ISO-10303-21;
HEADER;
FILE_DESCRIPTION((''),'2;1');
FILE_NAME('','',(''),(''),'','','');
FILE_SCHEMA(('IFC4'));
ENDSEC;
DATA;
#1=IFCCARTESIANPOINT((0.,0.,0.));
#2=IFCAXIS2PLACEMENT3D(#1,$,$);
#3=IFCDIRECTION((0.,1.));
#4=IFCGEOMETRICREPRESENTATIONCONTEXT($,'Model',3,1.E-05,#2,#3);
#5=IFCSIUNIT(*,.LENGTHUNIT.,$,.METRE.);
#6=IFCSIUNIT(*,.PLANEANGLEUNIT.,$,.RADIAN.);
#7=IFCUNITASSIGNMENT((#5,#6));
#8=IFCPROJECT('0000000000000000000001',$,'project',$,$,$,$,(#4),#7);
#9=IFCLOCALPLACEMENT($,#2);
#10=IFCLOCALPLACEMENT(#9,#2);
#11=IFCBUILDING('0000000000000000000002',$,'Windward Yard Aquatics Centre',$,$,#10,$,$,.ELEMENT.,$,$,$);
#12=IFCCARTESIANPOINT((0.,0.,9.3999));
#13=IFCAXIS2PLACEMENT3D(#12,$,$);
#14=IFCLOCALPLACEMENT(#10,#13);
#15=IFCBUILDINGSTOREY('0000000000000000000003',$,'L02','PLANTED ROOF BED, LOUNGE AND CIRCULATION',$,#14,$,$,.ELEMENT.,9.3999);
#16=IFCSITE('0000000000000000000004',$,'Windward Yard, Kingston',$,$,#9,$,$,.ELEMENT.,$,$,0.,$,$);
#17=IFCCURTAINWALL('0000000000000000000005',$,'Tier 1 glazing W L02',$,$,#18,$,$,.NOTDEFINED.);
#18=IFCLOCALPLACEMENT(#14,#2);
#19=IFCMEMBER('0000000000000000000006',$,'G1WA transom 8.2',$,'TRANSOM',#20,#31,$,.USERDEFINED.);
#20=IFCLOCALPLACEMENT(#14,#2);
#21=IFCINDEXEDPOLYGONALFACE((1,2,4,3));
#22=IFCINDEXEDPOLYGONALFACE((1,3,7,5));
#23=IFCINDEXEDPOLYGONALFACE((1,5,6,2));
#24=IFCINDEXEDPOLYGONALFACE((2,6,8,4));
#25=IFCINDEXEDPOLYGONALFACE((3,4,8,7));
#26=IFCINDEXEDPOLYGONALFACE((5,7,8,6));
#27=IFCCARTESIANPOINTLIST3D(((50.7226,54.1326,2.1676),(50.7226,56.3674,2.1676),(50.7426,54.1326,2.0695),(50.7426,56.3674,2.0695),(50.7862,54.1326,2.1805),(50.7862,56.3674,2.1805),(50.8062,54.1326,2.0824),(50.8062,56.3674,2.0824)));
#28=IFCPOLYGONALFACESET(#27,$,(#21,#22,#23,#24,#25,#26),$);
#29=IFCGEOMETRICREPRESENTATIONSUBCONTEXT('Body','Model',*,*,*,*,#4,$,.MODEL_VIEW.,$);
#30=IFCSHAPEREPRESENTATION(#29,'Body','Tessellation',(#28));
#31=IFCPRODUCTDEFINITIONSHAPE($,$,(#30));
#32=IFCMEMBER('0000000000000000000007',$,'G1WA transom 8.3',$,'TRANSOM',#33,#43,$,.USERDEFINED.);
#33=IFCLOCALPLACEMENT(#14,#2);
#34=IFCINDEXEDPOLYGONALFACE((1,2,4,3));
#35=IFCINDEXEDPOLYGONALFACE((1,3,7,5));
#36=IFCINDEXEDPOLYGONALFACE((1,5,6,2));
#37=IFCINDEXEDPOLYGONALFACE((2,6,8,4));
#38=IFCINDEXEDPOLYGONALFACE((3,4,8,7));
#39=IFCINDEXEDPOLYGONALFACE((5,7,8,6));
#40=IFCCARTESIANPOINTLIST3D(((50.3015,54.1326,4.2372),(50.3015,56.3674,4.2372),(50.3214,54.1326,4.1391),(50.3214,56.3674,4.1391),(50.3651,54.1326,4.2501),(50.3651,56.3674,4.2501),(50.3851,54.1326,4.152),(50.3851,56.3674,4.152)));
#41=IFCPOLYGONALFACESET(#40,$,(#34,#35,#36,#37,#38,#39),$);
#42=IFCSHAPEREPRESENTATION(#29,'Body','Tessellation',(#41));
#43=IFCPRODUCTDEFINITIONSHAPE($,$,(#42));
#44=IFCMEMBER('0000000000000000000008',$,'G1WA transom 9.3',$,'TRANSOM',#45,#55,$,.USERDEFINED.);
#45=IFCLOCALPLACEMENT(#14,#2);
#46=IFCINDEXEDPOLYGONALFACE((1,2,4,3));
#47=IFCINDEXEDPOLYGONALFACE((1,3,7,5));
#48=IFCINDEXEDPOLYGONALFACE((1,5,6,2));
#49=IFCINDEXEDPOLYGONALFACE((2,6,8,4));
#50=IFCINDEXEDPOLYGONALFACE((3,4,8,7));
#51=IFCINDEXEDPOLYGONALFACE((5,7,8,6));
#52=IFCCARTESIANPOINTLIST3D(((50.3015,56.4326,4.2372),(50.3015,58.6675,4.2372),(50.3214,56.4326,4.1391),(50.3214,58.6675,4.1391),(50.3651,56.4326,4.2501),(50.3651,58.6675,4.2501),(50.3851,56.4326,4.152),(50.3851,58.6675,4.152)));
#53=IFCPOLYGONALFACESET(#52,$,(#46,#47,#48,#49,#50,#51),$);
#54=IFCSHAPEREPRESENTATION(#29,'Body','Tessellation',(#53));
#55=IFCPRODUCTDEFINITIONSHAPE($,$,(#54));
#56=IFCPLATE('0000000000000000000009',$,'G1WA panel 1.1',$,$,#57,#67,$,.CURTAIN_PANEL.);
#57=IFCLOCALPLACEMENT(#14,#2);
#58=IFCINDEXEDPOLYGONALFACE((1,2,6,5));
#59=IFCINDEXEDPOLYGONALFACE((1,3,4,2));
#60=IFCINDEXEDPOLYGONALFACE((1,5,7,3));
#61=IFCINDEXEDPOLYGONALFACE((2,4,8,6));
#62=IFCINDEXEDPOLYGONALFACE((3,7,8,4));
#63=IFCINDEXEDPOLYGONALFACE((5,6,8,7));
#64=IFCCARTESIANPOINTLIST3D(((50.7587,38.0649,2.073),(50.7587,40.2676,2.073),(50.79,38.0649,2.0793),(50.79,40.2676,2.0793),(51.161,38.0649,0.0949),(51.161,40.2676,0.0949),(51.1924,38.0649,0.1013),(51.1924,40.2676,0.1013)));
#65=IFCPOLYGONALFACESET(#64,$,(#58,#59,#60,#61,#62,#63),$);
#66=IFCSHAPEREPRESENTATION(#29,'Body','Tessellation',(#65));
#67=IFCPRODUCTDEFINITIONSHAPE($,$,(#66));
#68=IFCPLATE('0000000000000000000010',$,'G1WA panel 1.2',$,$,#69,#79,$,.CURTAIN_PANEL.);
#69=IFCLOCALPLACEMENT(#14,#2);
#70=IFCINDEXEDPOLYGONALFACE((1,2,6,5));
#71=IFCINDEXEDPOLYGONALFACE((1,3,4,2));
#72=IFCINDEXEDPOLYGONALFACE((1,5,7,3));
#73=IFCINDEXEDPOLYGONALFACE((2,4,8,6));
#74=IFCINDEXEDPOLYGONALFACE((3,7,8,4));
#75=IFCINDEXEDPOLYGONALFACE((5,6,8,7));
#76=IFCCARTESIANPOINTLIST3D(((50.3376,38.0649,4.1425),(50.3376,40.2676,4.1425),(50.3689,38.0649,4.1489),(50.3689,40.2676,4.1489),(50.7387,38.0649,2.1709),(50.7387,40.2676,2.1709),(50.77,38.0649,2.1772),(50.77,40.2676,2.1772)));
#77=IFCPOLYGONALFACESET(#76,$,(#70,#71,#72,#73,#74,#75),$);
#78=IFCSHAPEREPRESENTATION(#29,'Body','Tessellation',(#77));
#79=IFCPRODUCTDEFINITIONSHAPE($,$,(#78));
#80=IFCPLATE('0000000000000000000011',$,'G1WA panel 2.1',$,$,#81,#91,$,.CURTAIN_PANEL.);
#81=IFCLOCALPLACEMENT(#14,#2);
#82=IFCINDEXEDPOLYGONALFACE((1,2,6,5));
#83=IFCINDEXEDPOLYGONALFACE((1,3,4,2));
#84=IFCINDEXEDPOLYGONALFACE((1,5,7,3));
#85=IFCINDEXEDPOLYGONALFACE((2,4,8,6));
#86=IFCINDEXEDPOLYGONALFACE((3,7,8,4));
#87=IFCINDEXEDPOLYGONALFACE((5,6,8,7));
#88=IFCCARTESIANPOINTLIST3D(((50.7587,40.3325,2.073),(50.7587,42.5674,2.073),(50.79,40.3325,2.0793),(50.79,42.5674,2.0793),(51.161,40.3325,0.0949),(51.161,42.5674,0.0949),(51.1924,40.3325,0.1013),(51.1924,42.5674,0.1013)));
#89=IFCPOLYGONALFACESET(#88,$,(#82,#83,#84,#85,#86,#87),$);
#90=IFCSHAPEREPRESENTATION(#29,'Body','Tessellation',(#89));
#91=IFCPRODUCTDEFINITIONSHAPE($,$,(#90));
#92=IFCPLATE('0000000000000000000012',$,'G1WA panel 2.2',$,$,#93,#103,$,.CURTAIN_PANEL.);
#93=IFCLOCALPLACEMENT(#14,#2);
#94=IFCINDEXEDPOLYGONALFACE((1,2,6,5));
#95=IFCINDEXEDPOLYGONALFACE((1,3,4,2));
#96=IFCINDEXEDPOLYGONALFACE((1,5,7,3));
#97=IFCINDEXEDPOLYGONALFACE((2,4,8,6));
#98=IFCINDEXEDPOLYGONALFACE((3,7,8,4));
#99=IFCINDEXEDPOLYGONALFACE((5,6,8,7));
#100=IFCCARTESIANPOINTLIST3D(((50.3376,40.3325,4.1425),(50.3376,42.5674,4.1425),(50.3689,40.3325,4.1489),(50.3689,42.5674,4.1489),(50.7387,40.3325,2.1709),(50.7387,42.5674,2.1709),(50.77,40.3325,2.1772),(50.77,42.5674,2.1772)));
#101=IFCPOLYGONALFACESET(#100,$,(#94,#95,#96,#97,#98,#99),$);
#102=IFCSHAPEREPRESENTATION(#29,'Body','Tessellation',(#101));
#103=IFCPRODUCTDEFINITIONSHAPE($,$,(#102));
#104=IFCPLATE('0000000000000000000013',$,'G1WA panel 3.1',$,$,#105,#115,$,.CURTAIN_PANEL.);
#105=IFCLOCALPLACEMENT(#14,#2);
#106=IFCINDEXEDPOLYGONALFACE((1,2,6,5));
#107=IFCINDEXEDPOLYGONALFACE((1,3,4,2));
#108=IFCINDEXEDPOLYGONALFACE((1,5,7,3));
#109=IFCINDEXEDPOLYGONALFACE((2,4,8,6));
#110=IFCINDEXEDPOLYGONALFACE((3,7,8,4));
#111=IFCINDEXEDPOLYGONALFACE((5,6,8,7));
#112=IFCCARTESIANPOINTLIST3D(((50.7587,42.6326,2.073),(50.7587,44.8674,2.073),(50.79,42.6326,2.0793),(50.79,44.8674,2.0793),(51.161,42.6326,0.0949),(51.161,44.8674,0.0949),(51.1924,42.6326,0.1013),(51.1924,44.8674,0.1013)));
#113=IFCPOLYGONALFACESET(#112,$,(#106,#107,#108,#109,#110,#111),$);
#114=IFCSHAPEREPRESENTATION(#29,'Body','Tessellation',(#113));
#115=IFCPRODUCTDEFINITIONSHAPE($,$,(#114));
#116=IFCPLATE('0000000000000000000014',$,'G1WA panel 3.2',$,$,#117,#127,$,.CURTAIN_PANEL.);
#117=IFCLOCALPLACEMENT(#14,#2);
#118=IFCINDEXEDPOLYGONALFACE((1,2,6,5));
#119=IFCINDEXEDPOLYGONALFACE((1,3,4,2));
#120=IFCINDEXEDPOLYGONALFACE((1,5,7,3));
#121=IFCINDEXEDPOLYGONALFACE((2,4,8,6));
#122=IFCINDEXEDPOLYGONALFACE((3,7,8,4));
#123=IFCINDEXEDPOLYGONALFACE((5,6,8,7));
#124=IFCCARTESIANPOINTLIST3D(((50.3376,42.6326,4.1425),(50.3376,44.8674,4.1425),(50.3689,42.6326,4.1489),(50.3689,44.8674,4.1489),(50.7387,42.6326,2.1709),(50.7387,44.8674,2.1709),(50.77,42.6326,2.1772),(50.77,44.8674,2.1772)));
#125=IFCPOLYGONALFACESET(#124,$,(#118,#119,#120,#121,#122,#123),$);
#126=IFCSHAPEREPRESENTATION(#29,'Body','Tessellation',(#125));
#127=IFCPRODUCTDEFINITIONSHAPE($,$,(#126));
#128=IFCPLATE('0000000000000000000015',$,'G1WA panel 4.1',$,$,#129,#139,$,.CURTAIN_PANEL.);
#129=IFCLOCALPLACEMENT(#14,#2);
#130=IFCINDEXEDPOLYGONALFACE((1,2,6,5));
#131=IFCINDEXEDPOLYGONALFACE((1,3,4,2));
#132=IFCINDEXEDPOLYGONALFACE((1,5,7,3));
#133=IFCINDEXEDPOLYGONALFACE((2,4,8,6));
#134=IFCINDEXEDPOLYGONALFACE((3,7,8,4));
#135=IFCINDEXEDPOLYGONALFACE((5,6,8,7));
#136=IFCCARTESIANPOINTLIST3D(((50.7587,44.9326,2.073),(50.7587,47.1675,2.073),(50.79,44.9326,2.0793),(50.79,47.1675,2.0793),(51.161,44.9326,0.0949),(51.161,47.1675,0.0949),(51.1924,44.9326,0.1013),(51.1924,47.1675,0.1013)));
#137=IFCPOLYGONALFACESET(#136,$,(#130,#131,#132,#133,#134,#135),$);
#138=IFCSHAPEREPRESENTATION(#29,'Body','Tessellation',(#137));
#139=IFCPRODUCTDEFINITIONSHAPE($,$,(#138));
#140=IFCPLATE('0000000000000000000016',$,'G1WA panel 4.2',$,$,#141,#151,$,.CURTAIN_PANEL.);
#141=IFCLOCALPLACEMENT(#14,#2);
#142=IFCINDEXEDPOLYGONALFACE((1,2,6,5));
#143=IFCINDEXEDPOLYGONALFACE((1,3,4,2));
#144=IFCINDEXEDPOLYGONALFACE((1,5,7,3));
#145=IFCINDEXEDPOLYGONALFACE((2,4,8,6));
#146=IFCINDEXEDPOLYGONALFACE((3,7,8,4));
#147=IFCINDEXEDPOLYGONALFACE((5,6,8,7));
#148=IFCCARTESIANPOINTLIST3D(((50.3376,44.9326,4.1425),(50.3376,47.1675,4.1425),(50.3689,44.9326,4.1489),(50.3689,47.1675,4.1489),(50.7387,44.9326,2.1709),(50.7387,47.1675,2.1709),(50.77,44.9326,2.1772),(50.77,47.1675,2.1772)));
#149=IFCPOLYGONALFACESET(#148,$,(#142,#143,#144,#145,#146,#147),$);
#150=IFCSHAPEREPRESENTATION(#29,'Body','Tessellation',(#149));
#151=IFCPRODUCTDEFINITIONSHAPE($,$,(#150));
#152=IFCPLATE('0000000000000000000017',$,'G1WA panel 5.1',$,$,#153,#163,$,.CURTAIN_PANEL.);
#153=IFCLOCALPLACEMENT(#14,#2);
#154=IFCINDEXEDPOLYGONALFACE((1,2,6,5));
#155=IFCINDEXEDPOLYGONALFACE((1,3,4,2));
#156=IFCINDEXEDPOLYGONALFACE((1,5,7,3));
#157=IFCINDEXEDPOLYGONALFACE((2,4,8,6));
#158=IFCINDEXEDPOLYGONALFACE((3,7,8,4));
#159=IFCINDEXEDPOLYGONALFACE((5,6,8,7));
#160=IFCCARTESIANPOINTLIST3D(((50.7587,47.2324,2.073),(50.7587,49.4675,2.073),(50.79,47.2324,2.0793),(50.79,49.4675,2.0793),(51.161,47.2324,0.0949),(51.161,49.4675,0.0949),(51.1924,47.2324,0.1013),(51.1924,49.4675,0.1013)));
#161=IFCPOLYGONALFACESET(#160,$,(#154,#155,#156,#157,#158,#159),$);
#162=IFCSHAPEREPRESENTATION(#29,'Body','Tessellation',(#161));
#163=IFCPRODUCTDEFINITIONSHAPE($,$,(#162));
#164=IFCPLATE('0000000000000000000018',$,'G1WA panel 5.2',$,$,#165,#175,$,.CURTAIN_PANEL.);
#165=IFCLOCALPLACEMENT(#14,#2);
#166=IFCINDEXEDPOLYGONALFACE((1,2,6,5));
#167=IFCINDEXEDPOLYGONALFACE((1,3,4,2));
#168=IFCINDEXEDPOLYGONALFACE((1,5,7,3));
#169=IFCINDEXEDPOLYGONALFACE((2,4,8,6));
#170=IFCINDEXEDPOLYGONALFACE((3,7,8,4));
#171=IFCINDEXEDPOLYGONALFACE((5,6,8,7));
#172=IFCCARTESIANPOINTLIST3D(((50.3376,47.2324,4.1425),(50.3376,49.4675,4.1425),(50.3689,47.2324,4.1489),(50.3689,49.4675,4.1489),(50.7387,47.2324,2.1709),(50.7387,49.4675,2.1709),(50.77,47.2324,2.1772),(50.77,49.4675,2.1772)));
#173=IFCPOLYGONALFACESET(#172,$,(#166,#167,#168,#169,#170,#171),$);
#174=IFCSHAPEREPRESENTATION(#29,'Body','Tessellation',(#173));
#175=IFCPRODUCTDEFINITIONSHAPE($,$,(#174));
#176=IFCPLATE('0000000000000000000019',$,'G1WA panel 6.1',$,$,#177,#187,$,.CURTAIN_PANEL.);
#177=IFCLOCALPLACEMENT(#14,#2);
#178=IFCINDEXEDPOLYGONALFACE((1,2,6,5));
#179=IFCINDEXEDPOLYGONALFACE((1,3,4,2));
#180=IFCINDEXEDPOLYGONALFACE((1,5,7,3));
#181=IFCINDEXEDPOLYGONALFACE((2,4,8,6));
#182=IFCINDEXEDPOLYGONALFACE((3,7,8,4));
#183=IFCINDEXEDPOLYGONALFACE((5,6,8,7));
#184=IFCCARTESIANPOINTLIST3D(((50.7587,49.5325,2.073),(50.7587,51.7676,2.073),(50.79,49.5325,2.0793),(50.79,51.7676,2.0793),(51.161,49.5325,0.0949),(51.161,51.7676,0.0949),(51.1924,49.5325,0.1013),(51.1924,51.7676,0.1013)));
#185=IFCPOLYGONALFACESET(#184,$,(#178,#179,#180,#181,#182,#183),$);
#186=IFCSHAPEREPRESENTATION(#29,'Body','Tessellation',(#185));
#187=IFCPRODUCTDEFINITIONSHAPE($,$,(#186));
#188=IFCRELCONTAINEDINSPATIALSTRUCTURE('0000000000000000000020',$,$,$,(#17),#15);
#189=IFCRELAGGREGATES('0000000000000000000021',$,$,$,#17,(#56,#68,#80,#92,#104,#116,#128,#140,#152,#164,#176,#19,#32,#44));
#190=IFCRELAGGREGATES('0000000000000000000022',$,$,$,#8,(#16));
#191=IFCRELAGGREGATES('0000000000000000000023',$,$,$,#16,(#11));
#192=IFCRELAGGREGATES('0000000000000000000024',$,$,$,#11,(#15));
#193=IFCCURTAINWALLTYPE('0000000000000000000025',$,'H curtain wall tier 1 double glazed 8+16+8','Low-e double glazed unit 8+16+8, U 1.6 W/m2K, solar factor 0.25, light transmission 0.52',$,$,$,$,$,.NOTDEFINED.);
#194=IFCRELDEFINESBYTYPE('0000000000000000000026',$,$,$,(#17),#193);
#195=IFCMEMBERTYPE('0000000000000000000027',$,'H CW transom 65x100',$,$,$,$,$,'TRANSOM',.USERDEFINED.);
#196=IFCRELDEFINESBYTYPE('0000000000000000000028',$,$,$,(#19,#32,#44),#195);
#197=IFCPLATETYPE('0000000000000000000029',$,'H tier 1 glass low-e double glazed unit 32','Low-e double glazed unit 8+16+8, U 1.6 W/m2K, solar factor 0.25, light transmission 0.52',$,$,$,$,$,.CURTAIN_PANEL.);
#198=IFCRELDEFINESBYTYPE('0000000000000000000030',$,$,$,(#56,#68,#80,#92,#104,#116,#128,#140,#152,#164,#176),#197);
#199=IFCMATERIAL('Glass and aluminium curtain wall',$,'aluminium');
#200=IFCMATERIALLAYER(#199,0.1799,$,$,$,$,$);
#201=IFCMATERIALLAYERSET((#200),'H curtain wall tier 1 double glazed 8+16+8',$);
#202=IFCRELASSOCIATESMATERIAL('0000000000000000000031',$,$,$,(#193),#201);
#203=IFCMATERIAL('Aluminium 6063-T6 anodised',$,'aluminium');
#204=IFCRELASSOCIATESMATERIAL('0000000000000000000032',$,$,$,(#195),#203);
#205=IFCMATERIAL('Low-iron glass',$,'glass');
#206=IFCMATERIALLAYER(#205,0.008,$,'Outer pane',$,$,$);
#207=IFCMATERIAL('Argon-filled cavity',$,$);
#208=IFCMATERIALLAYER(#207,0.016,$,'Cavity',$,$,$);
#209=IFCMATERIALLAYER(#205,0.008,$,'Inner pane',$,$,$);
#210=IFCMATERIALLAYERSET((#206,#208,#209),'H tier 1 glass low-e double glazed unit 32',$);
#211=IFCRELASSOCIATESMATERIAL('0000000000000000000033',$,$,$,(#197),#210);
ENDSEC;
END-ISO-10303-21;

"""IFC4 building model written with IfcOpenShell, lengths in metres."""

from ifc_helpers import new_model, si_unit, direction, frame, origin, origin_2d, place, context, subcontext, project, spatial, polyline, rectangle, outline, extrude, material, layer, layer_set, material_profile, profile_set, type_object, element, aggregate, save


model = new_model("IFC4")

# Units and contexts
model_context = context("Model", 3, precision=1e-05, world=origin(), true_north=direction((0.0, 1.0)))
body_context = subcontext(model_context, "Body", "Model", "MODEL_VIEW")
ifc_project = project(units=[si_unit("LENGTHUNIT", "METRE"), si_unit("PLANEANGLEUNIT", "RADIAN")], contexts=[model_context])

# Site, building, storey
site_placement = place(None, origin())
site = spatial("IfcSite", under=ifc_project, at=site_placement, Name="Windward Yard, Kingston", CompositionType="ELEMENT", RefElevation=0.0)
building_placement = place(site_placement, origin())
building = spatial("IfcBuilding", under=site, at=building_placement, Name="Windward Yard Aquatics Centre", CompositionType="ELEMENT")
storey_placement = place(building_placement, frame((0.0, 0.0, 9.3999)))
storey = spatial("IfcBuildingStorey", under=building, at=storey_placement, Name="L02", Description="PLANTED ROOF BED, LOUNGE AND CIRCULATION", CompositionType="ELEMENT", Elevation=9.3999)

# Curtain wall, members, plates
ifc_material_1 = material(Name="Glass and aluminium curtain wall", Category="aluminium")
ifc_layer_1 = layer(ifc_material_1, 0.1799)
ifc_layer_set_1 = layer_set([ifc_layer_1], Name="H curtain wall tier 1 double glazed 8+16+8")
curtain_wall_type = type_object("IfcCurtainWallType", Name="H curtain wall tier 1 double glazed 8+16+8", Description="Low-e double glazed unit 8+16+8, U 1.6 W/m2K, solar factor 0.25, light transmission 0.52", PredefinedType="NOTDEFINED", material=ifc_layer_set_1)
curtain_wall_placement = place(storey_placement, origin())
curtain_wall = element("IfcCurtainWall", 1, at=curtain_wall_placement, inside=storey, type_object=curtain_wall_type, Name="Tier 1 glazing W L02", PredefinedType="NOTDEFINED")
ifc_material_2 = material(Name="Aluminium 6063-T6 anodised", Category="aluminium")
ifc_material_profile = material_profile(ifc_material_2, rectangle(XDim=0.0649, YDim=0.1001, at=origin_2d()), Name="H CW transom 65x100")
ifc_profile_set = profile_set([ifc_material_profile], Name="Aluminium 6063-T6 anodised")
member_type = type_object("IfcMemberType", Name="H CW transom 65x100", ElementType="TRANSOM", PredefinedType="USERDEFINED", material=ifc_profile_set)
member_1_placement = place(storey_placement, frame((50.7644, 54.1326, 2.125), z_axis=(0.0, 1.0, 0.0), x_axis=(0.979925, 0.0, 0.199368)))
member_1 = element("IfcMember", 2, at=member_1_placement, type_object=member_type, Name="G1WA transom 8.2", ObjectType="TRANSOM", PredefinedType="USERDEFINED", context=body_context, shape_type="SweptSolid", body=[
    extrude(rectangle(XDim=0.0649, YDim=0.1001, at=origin_2d()), origin(), (0.0, 0.0, 1.0), 2.2349),
])
member_2_placement = place(storey_placement, frame((50.3433, 54.1326, 4.1946), z_axis=(0.0, 1.0, 0.0), x_axis=(0.979925, 0.0, 0.199368)))
member_2 = element("IfcMember", 3, at=member_2_placement, type_object=member_type, Name="G1WA transom 8.3", ObjectType="TRANSOM", PredefinedType="USERDEFINED", context=body_context, shape_type="SweptSolid", body=[
    extrude(rectangle(XDim=0.0649, YDim=0.1001, at=origin_2d()), origin(), (0.0, 0.0, 1.0), 2.2349),
])
member_3_placement = place(storey_placement, frame((50.3433, 56.4326, 4.1946), z_axis=(0.0, 1.0, 0.0), x_axis=(0.979925, 0.0, 0.199368)))
member_3 = element("IfcMember", 4, at=member_3_placement, type_object=member_type, Name="G1WA transom 9.3", ObjectType="TRANSOM", PredefinedType="USERDEFINED", context=body_context, shape_type="SweptSolid", body=[
    extrude(rectangle(XDim=0.0649, YDim=0.1001, at=origin_2d()), origin(), (0.0, 0.0, 1.0), 2.2349),
])
ifc_material_3 = material(Name="Low-iron glass", Category="glass")
ifc_layer_2 = layer(ifc_material_3, 0.008, Name="Outer pane")
ifc_material_4 = material(Name="Argon-filled cavity")
ifc_layer_3 = layer(ifc_material_4, 0.016, Name="Cavity")
ifc_layer_4 = layer(ifc_material_3, 0.008, Name="Inner pane")
ifc_layer_set_2 = layer_set([ifc_layer_2, ifc_layer_3, ifc_layer_4], Name="H tier 1 glass low-e double glazed unit 32")
plate_type = type_object("IfcPlateType", Name="H tier 1 glass low-e double glazed unit 32", Description="Low-e double glazed unit 8+16+8, U 1.6 W/m2K, solar factor 0.25, light transmission 0.52", PredefinedType="CURTAIN_PANEL", material=ifc_layer_set_2)
plate_1_placement = place(storey_placement, frame((50.79, 38.0649, 2.0793), z_axis=(0.979933, 0.0, 0.199325), x_axis=(0.199325, 0.0, -0.979933)))
plate_1 = element("IfcPlate", 5, at=plate_1_placement, type_object=plate_type, Name="G1WA panel 1.1", PredefinedType="CURTAIN_PANEL", context=body_context, shape_type="SweptSolid", body=[
    extrude(outline(polyline([(0.0, 0.0), (2.0185, 0.0), (2.0185, 2.2026), (0.0, 2.2026), (0.0, 0.0)])), origin(), (0.0, 0.0, -1.0), 0.032),
])
plate_2_placement = place(storey_placement, frame((50.3689, 38.0649, 4.1489), z_axis=(0.979927, 0.0, 0.199359), x_axis=(0.199359, 0.0, -0.979927)))
plate_2 = element("IfcPlate", 6, at=plate_2_placement, type_object=plate_type, Name="G1WA panel 1.2", PredefinedType="CURTAIN_PANEL", context=body_context, shape_type="SweptSolid", body=[
    extrude(outline(polyline([(0.0, 0.0), (2.0121, 0.0), (2.0121, 2.2026), (0.0, 2.2026), (0.0, 0.0)])), origin(), (0.0, 0.0, -1.0), 0.032),
])
plate_3_placement = place(storey_placement, frame((50.79, 40.3325, 2.0793), z_axis=(0.979933, 0.0, 0.199325), x_axis=(0.199325, 0.0, -0.979933)))
plate_3 = element("IfcPlate", 7, at=plate_3_placement, type_object=plate_type, Name="G1WA panel 2.1", PredefinedType="CURTAIN_PANEL", context=body_context, shape_type="SweptSolid", body=[
    extrude(outline(polyline([(0.0, 0.0), (2.0185, 0.0), (2.0185, 2.2349), (0.0, 2.2349), (0.0, 0.0)])), origin(), (0.0, 0.0, -1.0), 0.032),
])
plate_4_placement = place(storey_placement, frame((50.3689, 40.3325, 4.1489), z_axis=(0.979927, 0.0, 0.199359), x_axis=(0.199359, 0.0, -0.979927)))
plate_4 = element("IfcPlate", 8, at=plate_4_placement, type_object=plate_type, Name="G1WA panel 2.2", PredefinedType="CURTAIN_PANEL", context=body_context, shape_type="SweptSolid", body=[
    extrude(outline(polyline([(0.0, 0.0), (2.0121, 0.0), (2.0121, 2.2349), (0.0, 2.2349), (0.0, 0.0)])), origin(), (0.0, 0.0, -1.0), 0.032),
])
plate_5_placement = place(storey_placement, frame((50.79, 42.6326, 2.0793), z_axis=(0.979933, 0.0, 0.199325), x_axis=(0.199325, 0.0, -0.979933)))
plate_5 = element("IfcPlate", 9, at=plate_5_placement, type_object=plate_type, Name="G1WA panel 3.1", PredefinedType="CURTAIN_PANEL", context=body_context, shape_type="SweptSolid", body=[
    extrude(outline(polyline([(0.0, 0.0), (2.0185, 0.0), (2.0185, 2.2349), (0.0, 2.2349), (0.0, 0.0)])), origin(), (0.0, 0.0, -1.0), 0.032),
])
plate_6_placement = place(storey_placement, frame((50.3689, 42.6326, 4.1489), z_axis=(0.979927, 0.0, 0.199359), x_axis=(0.199359, 0.0, -0.979927)))
plate_6 = element("IfcPlate", 10, at=plate_6_placement, type_object=plate_type, Name="G1WA panel 3.2", PredefinedType="CURTAIN_PANEL", context=body_context, shape_type="SweptSolid", body=[
    extrude(outline(polyline([(0.0, 0.0), (2.0121, 0.0), (2.0121, 2.2349), (0.0, 2.2349), (0.0, 0.0)])), origin(), (0.0, 0.0, -1.0), 0.032),
])
plate_7_placement = place(storey_placement, frame((50.79, 44.9326, 2.0793), z_axis=(0.979933, 0.0, 0.199325), x_axis=(0.199325, 0.0, -0.979933)))
plate_7 = element("IfcPlate", 11, at=plate_7_placement, type_object=plate_type, Name="G1WA panel 4.1", PredefinedType="CURTAIN_PANEL", context=body_context, shape_type="SweptSolid", body=[
    extrude(outline(polyline([(0.0, 0.0), (2.0185, 0.0), (2.0185, 2.2349), (0.0, 2.2349), (0.0, 0.0)])), origin(), (0.0, 0.0, -1.0), 0.032),
])
plate_8_placement = place(storey_placement, frame((50.3689, 44.9326, 4.1489), z_axis=(0.979927, 0.0, 0.199359), x_axis=(0.199359, 0.0, -0.979927)))
plate_8 = element("IfcPlate", 12, at=plate_8_placement, type_object=plate_type, Name="G1WA panel 4.2", PredefinedType="CURTAIN_PANEL", context=body_context, shape_type="SweptSolid", body=[
    extrude(outline(polyline([(0.0, 0.0), (2.0121, 0.0), (2.0121, 2.2349), (0.0, 2.2349), (0.0, 0.0)])), origin(), (0.0, 0.0, -1.0), 0.032),
])
plate_9_placement = place(storey_placement, frame((50.79, 47.2324, 2.0793), z_axis=(0.979933, 0.0, 0.199325), x_axis=(0.199325, 0.0, -0.979933)))
plate_9 = element("IfcPlate", 13, at=plate_9_placement, type_object=plate_type, Name="G1WA panel 5.1", PredefinedType="CURTAIN_PANEL", context=body_context, shape_type="SweptSolid", body=[
    extrude(outline(polyline([(0.0, 0.0), (2.0185, 0.0), (2.0185, 2.2351), (0.0, 2.2351), (0.0, 0.0)])), origin(), (0.0, 0.0, -1.0), 0.032),
])
plate_10_placement = place(storey_placement, frame((50.3689, 47.2324, 4.1489), z_axis=(0.979927, 0.0, 0.199359), x_axis=(0.199359, 0.0, -0.979927)))
plate_10 = element("IfcPlate", 14, at=plate_10_placement, type_object=plate_type, Name="G1WA panel 5.2", PredefinedType="CURTAIN_PANEL", context=body_context, shape_type="SweptSolid", body=[
    extrude(outline(polyline([(0.0, 0.0), (2.0121, 0.0), (2.0121, 2.2351), (0.0, 2.2351), (0.0, 0.0)])), origin(), (0.0, 0.0, -1.0), 0.032),
])
plate_11_placement = place(storey_placement, frame((50.79, 49.5325, 2.0793), z_axis=(0.979933, 0.0, 0.199325), x_axis=(0.199325, 0.0, -0.979933)))
plate_11 = element("IfcPlate", 15, at=plate_11_placement, type_object=plate_type, Name="G1WA panel 6.1", PredefinedType="CURTAIN_PANEL", context=body_context, shape_type="SweptSolid", body=[
    extrude(outline(polyline([(0.0, 0.0), (2.0185, 0.0), (2.0185, 2.2351), (0.0, 2.2351), (0.0, 0.0)])), origin(), (0.0, 0.0, -1.0), 0.032),
])
aggregate(curtain_wall, [plate_1, plate_2, plate_3, plate_4, plate_5, plate_6, plate_7, plate_8, plate_9, plate_10, plate_11, member_1, member_2, member_3])

save(model, "model.ifc")
